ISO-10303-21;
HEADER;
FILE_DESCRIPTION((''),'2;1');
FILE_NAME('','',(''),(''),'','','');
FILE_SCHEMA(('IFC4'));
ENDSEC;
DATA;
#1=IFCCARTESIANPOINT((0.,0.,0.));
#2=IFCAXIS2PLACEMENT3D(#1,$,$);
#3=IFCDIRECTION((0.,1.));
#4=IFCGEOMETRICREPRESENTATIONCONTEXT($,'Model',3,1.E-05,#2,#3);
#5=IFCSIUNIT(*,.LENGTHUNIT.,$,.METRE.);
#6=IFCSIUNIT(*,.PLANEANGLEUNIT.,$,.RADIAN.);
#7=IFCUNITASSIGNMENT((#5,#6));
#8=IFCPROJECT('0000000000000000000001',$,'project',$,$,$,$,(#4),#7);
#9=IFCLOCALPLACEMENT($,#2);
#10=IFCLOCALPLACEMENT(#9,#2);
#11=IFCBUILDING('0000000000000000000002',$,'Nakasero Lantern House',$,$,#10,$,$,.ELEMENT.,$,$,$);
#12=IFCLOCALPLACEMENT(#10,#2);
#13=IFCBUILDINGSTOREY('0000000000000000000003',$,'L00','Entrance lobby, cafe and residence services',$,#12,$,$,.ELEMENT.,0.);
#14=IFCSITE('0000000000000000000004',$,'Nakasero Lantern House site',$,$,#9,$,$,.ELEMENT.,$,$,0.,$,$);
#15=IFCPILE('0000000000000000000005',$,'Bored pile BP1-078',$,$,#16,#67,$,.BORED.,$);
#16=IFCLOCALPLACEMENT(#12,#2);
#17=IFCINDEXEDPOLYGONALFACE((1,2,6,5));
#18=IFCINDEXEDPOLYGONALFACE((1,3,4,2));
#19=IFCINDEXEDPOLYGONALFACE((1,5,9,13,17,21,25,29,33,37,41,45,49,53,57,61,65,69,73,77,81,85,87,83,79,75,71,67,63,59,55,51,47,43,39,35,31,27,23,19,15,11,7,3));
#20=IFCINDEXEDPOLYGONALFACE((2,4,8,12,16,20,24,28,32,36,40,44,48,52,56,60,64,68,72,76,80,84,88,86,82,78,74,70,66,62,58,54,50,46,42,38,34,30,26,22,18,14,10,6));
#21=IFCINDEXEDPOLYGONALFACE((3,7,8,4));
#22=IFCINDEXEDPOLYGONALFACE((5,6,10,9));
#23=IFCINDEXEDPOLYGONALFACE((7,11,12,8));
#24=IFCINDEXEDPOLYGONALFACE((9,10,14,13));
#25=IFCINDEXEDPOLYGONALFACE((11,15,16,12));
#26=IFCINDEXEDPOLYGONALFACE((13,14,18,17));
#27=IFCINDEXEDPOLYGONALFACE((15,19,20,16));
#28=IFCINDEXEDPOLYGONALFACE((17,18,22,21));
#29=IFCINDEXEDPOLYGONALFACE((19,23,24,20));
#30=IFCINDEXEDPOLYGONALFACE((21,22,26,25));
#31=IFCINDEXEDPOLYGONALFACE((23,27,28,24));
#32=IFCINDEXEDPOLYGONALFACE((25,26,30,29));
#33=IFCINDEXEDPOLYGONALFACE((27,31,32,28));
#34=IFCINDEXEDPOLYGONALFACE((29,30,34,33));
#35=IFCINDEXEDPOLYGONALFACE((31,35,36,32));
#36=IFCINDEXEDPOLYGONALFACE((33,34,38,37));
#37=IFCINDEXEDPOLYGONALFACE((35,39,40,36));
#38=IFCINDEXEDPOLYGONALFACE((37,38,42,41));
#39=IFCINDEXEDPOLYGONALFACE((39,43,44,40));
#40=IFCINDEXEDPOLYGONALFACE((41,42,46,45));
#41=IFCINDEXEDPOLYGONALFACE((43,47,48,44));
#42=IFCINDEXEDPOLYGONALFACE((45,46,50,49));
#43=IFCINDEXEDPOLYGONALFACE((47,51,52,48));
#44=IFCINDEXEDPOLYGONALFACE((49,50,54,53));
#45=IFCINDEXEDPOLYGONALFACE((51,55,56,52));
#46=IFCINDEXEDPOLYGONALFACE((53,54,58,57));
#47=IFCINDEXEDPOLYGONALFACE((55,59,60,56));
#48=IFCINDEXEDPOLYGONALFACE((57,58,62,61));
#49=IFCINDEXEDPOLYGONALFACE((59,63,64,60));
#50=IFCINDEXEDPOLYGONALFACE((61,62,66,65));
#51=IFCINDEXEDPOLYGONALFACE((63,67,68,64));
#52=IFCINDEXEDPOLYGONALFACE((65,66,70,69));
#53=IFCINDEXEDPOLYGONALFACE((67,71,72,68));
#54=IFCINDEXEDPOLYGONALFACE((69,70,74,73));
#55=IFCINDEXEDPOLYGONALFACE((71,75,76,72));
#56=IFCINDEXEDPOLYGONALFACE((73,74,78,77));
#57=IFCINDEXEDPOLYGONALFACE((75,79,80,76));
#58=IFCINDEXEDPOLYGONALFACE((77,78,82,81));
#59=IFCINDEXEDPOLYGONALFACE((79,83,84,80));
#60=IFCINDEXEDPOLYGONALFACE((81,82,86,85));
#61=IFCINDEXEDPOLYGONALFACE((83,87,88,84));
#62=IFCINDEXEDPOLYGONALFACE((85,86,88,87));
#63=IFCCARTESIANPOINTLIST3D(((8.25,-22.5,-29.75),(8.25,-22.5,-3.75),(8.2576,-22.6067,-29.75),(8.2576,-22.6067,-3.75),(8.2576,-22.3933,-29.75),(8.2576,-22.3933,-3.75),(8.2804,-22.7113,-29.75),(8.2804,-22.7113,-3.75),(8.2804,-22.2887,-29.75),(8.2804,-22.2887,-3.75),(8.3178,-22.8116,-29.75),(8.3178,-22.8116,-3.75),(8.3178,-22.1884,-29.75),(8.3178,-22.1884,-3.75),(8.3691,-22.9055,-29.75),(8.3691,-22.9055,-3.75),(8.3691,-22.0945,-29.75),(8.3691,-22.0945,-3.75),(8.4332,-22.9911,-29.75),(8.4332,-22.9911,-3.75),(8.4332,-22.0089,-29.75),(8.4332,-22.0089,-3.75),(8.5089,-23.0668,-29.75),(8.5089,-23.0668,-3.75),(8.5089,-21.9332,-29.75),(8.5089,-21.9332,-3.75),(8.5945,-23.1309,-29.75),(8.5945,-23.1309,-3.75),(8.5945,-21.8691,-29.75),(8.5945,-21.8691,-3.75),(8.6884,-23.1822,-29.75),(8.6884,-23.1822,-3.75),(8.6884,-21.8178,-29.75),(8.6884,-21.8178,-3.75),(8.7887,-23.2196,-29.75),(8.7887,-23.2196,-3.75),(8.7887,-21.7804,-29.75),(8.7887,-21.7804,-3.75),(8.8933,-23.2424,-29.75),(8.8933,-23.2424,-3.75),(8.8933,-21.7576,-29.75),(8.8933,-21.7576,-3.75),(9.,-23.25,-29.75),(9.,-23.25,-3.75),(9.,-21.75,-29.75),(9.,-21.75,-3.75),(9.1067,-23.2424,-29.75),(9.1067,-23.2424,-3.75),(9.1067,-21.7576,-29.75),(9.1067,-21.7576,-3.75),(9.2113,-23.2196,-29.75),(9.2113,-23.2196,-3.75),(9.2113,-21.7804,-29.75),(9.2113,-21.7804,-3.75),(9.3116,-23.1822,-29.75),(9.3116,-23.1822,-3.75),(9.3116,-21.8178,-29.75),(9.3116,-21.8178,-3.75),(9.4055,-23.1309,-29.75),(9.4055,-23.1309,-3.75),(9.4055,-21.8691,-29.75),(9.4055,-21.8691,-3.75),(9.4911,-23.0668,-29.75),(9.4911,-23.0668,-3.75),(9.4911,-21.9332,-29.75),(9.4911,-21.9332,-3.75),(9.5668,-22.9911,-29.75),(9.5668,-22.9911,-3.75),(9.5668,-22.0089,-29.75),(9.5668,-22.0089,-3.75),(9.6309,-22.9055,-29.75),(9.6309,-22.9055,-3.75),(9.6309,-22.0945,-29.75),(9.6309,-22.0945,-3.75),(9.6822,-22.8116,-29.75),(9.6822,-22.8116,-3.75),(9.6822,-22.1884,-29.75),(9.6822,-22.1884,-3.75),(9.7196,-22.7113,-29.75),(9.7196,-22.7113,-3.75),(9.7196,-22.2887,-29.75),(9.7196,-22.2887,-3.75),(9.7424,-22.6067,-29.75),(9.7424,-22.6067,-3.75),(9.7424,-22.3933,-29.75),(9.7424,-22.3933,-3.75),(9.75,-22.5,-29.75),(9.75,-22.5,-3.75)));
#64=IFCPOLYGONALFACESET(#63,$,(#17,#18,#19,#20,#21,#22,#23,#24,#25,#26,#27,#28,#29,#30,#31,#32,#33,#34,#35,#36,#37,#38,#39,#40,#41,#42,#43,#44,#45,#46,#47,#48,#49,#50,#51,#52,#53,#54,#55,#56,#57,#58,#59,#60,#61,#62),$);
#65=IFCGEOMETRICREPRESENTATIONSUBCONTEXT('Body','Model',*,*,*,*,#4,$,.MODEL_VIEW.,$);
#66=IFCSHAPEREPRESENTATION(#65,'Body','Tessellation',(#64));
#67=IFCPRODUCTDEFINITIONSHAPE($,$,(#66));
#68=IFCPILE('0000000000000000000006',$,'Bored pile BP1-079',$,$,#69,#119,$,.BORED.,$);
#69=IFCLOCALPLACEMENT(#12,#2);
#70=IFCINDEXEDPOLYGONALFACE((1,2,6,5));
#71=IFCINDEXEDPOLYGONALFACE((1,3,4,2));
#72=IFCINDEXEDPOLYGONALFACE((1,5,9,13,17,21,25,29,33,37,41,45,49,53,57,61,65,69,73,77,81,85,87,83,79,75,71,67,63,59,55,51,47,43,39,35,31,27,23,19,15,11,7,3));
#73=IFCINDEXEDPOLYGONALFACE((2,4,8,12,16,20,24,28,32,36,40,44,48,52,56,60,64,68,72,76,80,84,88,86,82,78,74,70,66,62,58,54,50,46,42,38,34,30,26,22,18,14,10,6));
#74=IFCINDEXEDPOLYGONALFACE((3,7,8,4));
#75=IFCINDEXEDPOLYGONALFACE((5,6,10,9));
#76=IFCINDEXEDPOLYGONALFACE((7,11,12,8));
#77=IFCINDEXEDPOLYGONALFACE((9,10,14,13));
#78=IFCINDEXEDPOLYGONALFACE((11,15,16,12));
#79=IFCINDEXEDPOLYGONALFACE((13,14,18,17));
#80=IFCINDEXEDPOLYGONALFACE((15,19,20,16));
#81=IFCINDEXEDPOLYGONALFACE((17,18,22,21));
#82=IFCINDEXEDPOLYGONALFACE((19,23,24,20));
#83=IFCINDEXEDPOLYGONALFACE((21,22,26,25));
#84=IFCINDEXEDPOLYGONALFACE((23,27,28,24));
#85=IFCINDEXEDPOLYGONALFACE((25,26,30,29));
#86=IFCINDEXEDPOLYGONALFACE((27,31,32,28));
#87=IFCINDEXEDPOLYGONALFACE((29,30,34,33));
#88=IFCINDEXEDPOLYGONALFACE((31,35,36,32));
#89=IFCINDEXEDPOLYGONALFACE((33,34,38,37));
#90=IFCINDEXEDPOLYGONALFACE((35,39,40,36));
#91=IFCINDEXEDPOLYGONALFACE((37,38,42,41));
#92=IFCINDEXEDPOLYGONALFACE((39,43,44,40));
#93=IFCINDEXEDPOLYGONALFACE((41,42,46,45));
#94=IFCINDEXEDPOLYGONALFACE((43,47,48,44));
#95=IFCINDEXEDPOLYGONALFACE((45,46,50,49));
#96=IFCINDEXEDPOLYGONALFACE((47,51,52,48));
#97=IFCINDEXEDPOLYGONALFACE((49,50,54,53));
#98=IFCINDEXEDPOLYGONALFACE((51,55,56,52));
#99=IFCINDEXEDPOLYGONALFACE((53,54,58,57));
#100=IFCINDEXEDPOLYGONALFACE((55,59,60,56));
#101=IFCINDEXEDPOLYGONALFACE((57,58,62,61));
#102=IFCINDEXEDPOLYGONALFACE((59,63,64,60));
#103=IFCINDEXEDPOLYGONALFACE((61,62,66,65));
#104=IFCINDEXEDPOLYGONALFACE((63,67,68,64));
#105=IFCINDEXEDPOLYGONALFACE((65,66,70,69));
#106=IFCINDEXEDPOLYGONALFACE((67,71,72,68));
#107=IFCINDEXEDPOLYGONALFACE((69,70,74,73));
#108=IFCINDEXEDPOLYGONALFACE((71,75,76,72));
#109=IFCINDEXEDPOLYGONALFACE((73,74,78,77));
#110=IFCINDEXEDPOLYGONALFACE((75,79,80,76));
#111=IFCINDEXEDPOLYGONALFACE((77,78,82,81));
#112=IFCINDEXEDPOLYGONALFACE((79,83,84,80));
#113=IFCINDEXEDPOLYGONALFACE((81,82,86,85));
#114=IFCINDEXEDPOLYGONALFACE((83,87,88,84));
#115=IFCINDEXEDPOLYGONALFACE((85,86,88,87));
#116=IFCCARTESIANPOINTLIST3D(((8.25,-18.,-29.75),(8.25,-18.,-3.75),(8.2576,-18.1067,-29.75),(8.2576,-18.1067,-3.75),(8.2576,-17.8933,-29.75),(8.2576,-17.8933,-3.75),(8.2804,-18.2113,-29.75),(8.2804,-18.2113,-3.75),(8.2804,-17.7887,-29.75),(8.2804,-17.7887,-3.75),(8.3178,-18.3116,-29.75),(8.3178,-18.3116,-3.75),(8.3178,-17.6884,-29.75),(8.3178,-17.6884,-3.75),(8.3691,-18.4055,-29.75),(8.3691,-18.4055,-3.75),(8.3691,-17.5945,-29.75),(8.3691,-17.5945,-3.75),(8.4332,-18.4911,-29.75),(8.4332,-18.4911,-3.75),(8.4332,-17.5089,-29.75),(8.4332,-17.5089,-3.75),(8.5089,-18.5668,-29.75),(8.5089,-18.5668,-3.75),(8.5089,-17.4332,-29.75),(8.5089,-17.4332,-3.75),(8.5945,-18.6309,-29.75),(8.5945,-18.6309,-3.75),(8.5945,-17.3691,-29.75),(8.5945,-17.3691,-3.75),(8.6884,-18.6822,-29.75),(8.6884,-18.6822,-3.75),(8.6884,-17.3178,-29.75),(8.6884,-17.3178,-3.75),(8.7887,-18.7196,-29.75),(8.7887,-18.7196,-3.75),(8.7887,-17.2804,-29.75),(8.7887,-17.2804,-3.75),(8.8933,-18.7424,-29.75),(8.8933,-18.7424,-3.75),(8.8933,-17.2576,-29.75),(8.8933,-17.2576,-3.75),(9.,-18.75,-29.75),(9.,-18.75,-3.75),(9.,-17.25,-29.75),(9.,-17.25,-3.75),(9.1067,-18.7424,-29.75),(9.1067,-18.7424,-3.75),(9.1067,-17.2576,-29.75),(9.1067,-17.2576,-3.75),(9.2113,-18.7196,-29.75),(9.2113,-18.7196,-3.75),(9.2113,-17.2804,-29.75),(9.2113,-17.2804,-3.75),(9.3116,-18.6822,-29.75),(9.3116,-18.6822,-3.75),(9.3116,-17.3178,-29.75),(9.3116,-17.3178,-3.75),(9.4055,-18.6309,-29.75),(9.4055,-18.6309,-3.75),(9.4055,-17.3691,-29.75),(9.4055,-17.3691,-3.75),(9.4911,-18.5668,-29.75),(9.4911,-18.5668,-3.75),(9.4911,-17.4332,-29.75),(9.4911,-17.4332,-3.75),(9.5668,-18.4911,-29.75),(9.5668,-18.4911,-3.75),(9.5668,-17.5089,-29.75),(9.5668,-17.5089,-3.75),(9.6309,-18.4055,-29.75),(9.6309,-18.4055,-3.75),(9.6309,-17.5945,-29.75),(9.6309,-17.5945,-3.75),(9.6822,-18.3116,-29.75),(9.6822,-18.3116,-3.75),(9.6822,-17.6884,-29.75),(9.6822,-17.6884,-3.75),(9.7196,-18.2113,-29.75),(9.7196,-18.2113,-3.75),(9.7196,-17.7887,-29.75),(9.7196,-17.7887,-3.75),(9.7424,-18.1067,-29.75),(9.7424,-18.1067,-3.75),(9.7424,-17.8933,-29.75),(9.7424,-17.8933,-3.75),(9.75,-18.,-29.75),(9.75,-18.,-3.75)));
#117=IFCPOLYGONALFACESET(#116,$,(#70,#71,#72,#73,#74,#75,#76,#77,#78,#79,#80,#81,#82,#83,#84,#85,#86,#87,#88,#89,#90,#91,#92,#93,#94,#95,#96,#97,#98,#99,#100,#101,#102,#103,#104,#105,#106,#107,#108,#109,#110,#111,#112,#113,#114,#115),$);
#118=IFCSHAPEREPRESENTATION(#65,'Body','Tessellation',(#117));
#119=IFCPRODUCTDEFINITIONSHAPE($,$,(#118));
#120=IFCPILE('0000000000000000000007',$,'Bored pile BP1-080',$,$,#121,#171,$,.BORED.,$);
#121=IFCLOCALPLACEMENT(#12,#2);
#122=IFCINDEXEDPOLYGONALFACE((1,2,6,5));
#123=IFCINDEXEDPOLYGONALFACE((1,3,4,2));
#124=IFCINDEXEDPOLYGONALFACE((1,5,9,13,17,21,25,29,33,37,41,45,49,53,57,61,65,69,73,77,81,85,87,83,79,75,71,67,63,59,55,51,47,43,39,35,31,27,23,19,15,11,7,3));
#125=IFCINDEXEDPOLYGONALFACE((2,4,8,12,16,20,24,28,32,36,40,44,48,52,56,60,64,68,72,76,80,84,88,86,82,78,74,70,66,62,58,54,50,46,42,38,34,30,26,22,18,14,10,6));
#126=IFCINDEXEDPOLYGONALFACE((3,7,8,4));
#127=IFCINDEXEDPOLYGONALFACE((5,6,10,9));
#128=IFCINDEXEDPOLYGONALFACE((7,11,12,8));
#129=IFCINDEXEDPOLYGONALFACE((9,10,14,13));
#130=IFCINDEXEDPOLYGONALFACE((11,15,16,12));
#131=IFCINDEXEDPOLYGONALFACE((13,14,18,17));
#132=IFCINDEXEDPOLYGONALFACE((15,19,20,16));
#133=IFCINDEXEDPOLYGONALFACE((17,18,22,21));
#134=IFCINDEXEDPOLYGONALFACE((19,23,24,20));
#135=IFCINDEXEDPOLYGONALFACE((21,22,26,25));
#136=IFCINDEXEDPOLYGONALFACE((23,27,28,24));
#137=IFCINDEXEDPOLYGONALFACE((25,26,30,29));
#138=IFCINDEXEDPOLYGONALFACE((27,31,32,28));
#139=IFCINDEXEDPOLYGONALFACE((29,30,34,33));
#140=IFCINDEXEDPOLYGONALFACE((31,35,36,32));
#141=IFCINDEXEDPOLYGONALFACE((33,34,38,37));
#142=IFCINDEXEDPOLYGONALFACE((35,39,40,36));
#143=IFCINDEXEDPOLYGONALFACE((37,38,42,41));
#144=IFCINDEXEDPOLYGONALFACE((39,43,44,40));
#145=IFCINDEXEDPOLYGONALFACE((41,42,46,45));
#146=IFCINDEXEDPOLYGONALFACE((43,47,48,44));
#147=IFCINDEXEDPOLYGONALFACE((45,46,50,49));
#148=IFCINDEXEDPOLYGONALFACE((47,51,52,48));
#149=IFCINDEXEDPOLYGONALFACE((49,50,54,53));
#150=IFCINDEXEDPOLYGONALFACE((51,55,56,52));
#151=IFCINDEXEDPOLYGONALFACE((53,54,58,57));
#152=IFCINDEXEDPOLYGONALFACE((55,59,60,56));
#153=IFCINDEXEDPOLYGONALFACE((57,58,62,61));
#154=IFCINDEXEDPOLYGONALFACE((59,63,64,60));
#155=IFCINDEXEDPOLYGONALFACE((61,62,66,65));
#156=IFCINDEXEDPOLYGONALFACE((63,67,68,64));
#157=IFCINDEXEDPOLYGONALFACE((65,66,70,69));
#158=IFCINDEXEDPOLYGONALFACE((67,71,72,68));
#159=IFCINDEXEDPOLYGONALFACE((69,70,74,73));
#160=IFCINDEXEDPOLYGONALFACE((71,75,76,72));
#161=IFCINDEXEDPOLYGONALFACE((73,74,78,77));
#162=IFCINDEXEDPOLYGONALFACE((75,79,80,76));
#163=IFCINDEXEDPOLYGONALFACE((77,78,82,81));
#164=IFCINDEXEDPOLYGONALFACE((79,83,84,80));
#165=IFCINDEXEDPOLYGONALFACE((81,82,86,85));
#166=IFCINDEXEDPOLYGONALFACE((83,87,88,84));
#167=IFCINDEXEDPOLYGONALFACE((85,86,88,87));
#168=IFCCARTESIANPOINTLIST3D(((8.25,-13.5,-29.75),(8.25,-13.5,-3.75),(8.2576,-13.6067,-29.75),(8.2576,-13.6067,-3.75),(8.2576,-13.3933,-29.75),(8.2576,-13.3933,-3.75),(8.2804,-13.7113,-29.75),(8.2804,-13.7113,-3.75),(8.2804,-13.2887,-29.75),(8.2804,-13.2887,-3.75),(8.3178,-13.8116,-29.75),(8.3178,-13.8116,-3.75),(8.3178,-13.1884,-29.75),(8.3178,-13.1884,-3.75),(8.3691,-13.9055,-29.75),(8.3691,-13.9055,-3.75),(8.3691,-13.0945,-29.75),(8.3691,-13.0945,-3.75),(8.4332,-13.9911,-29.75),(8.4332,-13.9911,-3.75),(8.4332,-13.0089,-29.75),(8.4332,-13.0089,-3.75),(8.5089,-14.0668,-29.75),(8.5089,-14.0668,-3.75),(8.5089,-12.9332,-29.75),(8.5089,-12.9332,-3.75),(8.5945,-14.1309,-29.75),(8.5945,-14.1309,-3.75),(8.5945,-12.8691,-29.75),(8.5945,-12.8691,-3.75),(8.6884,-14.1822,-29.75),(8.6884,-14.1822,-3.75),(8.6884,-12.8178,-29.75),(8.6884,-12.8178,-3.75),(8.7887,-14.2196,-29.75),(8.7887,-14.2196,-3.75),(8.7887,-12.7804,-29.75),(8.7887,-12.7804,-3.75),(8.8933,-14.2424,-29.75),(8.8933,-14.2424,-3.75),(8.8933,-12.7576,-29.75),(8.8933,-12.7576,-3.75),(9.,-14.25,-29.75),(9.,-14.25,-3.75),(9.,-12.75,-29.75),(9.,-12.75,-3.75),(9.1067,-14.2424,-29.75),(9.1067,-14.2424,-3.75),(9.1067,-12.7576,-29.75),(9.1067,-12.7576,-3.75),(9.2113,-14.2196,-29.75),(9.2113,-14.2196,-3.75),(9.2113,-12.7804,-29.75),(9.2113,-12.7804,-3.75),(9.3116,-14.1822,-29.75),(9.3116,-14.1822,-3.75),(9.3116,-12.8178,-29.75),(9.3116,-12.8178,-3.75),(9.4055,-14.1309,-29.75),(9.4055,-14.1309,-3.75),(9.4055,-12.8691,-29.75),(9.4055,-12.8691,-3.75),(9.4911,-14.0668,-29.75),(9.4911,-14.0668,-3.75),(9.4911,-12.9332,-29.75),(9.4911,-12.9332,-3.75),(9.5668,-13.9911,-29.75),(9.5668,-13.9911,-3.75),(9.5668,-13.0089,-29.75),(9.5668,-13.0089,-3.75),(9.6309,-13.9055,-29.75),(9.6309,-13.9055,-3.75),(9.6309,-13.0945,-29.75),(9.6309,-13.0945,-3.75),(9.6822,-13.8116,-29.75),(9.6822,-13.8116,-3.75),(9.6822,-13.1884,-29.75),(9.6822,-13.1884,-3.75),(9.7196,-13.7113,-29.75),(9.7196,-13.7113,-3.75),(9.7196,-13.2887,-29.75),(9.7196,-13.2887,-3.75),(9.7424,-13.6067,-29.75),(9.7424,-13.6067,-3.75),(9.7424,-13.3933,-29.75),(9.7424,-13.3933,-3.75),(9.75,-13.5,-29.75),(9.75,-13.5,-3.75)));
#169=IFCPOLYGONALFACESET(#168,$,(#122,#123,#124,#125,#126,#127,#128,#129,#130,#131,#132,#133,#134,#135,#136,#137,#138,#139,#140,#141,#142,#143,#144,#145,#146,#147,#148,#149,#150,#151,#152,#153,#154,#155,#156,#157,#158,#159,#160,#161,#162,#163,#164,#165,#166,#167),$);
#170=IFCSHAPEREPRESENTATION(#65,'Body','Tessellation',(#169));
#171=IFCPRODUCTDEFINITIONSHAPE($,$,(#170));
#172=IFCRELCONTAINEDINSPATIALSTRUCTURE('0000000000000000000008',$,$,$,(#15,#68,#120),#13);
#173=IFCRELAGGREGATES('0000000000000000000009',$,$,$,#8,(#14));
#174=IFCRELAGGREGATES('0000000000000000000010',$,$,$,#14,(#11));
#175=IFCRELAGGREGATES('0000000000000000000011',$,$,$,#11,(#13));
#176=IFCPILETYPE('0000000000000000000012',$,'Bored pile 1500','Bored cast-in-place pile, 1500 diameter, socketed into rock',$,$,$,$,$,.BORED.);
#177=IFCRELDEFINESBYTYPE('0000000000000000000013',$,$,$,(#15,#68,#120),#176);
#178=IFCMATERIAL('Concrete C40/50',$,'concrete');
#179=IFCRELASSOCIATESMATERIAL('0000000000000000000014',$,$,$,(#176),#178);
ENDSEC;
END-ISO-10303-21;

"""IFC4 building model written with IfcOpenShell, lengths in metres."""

from ifc_helpers import new_model, si_unit, direction, frame, origin, origin_2d, place, context, subcontext, project, spatial, circle, extrude, material, type_object, element, save


model = new_model("IFC4")

# Units and contexts
model_context = context("Model", 3, precision=1e-05, world=origin(), true_north=direction((0.0, 1.0)))
body_context = subcontext(model_context, "Body", "Model", "MODEL_VIEW")
ifc_project = project(units=[si_unit("LENGTHUNIT", "METRE"), si_unit("PLANEANGLEUNIT", "RADIAN")], contexts=[model_context])

# Site, building, storey
site_placement = place(None, origin())
site = spatial("IfcSite", under=ifc_project, at=site_placement, Name="Nakasero Lantern House site", CompositionType="ELEMENT", RefElevation=0.0)
building_placement = place(site_placement, origin())
building = spatial("IfcBuilding", under=site, at=building_placement, Name="Nakasero Lantern House", CompositionType="ELEMENT")
storey_placement = place(building_placement, origin())
storey = spatial("IfcBuildingStorey", under=building, at=storey_placement, Name="L00", Description="Entrance lobby, cafe and residence services", CompositionType="ELEMENT", Elevation=0.0)

# Piles
ifc_material_1 = material(Name="Concrete C40/50", Category="concrete")
pile_type = type_object("IfcPileType", Name="Bored pile 1500", Description="Bored cast-in-place pile, 1500 diameter, socketed into rock", PredefinedType="BORED", material=ifc_material_1)
for number, where, z_axis, x_axis, name in (
    (1, (9.0, -22.5, -3.75), (0.0, 0.0, -1.0), (1.0, 0.0, 0.0), "Bored pile BP1-078"),
    (2, (9.0, -18.0, -3.75), (0.0, 0.0, -1.0), (1.0, 0.0, 0.0), "Bored pile BP1-079"),
    (3, (9.0, -13.5, -3.75), (0.0, 0.0, -1.0), (1.0, 0.0, 0.0), "Bored pile BP1-080"),
):
    element("IfcPile", number, at=place(storey_placement, frame(where, z_axis=z_axis, x_axis=x_axis)), inside=storey, type_object=pile_type, Name=name, PredefinedType="BORED", context=body_context, shape_type="SweptSolid", body=[
        extrude(circle(Radius=0.75, at=origin_2d()), origin(), (0.0, 0.0, 1.0), 26.0),
    ])

save(model, "model.ifc")
